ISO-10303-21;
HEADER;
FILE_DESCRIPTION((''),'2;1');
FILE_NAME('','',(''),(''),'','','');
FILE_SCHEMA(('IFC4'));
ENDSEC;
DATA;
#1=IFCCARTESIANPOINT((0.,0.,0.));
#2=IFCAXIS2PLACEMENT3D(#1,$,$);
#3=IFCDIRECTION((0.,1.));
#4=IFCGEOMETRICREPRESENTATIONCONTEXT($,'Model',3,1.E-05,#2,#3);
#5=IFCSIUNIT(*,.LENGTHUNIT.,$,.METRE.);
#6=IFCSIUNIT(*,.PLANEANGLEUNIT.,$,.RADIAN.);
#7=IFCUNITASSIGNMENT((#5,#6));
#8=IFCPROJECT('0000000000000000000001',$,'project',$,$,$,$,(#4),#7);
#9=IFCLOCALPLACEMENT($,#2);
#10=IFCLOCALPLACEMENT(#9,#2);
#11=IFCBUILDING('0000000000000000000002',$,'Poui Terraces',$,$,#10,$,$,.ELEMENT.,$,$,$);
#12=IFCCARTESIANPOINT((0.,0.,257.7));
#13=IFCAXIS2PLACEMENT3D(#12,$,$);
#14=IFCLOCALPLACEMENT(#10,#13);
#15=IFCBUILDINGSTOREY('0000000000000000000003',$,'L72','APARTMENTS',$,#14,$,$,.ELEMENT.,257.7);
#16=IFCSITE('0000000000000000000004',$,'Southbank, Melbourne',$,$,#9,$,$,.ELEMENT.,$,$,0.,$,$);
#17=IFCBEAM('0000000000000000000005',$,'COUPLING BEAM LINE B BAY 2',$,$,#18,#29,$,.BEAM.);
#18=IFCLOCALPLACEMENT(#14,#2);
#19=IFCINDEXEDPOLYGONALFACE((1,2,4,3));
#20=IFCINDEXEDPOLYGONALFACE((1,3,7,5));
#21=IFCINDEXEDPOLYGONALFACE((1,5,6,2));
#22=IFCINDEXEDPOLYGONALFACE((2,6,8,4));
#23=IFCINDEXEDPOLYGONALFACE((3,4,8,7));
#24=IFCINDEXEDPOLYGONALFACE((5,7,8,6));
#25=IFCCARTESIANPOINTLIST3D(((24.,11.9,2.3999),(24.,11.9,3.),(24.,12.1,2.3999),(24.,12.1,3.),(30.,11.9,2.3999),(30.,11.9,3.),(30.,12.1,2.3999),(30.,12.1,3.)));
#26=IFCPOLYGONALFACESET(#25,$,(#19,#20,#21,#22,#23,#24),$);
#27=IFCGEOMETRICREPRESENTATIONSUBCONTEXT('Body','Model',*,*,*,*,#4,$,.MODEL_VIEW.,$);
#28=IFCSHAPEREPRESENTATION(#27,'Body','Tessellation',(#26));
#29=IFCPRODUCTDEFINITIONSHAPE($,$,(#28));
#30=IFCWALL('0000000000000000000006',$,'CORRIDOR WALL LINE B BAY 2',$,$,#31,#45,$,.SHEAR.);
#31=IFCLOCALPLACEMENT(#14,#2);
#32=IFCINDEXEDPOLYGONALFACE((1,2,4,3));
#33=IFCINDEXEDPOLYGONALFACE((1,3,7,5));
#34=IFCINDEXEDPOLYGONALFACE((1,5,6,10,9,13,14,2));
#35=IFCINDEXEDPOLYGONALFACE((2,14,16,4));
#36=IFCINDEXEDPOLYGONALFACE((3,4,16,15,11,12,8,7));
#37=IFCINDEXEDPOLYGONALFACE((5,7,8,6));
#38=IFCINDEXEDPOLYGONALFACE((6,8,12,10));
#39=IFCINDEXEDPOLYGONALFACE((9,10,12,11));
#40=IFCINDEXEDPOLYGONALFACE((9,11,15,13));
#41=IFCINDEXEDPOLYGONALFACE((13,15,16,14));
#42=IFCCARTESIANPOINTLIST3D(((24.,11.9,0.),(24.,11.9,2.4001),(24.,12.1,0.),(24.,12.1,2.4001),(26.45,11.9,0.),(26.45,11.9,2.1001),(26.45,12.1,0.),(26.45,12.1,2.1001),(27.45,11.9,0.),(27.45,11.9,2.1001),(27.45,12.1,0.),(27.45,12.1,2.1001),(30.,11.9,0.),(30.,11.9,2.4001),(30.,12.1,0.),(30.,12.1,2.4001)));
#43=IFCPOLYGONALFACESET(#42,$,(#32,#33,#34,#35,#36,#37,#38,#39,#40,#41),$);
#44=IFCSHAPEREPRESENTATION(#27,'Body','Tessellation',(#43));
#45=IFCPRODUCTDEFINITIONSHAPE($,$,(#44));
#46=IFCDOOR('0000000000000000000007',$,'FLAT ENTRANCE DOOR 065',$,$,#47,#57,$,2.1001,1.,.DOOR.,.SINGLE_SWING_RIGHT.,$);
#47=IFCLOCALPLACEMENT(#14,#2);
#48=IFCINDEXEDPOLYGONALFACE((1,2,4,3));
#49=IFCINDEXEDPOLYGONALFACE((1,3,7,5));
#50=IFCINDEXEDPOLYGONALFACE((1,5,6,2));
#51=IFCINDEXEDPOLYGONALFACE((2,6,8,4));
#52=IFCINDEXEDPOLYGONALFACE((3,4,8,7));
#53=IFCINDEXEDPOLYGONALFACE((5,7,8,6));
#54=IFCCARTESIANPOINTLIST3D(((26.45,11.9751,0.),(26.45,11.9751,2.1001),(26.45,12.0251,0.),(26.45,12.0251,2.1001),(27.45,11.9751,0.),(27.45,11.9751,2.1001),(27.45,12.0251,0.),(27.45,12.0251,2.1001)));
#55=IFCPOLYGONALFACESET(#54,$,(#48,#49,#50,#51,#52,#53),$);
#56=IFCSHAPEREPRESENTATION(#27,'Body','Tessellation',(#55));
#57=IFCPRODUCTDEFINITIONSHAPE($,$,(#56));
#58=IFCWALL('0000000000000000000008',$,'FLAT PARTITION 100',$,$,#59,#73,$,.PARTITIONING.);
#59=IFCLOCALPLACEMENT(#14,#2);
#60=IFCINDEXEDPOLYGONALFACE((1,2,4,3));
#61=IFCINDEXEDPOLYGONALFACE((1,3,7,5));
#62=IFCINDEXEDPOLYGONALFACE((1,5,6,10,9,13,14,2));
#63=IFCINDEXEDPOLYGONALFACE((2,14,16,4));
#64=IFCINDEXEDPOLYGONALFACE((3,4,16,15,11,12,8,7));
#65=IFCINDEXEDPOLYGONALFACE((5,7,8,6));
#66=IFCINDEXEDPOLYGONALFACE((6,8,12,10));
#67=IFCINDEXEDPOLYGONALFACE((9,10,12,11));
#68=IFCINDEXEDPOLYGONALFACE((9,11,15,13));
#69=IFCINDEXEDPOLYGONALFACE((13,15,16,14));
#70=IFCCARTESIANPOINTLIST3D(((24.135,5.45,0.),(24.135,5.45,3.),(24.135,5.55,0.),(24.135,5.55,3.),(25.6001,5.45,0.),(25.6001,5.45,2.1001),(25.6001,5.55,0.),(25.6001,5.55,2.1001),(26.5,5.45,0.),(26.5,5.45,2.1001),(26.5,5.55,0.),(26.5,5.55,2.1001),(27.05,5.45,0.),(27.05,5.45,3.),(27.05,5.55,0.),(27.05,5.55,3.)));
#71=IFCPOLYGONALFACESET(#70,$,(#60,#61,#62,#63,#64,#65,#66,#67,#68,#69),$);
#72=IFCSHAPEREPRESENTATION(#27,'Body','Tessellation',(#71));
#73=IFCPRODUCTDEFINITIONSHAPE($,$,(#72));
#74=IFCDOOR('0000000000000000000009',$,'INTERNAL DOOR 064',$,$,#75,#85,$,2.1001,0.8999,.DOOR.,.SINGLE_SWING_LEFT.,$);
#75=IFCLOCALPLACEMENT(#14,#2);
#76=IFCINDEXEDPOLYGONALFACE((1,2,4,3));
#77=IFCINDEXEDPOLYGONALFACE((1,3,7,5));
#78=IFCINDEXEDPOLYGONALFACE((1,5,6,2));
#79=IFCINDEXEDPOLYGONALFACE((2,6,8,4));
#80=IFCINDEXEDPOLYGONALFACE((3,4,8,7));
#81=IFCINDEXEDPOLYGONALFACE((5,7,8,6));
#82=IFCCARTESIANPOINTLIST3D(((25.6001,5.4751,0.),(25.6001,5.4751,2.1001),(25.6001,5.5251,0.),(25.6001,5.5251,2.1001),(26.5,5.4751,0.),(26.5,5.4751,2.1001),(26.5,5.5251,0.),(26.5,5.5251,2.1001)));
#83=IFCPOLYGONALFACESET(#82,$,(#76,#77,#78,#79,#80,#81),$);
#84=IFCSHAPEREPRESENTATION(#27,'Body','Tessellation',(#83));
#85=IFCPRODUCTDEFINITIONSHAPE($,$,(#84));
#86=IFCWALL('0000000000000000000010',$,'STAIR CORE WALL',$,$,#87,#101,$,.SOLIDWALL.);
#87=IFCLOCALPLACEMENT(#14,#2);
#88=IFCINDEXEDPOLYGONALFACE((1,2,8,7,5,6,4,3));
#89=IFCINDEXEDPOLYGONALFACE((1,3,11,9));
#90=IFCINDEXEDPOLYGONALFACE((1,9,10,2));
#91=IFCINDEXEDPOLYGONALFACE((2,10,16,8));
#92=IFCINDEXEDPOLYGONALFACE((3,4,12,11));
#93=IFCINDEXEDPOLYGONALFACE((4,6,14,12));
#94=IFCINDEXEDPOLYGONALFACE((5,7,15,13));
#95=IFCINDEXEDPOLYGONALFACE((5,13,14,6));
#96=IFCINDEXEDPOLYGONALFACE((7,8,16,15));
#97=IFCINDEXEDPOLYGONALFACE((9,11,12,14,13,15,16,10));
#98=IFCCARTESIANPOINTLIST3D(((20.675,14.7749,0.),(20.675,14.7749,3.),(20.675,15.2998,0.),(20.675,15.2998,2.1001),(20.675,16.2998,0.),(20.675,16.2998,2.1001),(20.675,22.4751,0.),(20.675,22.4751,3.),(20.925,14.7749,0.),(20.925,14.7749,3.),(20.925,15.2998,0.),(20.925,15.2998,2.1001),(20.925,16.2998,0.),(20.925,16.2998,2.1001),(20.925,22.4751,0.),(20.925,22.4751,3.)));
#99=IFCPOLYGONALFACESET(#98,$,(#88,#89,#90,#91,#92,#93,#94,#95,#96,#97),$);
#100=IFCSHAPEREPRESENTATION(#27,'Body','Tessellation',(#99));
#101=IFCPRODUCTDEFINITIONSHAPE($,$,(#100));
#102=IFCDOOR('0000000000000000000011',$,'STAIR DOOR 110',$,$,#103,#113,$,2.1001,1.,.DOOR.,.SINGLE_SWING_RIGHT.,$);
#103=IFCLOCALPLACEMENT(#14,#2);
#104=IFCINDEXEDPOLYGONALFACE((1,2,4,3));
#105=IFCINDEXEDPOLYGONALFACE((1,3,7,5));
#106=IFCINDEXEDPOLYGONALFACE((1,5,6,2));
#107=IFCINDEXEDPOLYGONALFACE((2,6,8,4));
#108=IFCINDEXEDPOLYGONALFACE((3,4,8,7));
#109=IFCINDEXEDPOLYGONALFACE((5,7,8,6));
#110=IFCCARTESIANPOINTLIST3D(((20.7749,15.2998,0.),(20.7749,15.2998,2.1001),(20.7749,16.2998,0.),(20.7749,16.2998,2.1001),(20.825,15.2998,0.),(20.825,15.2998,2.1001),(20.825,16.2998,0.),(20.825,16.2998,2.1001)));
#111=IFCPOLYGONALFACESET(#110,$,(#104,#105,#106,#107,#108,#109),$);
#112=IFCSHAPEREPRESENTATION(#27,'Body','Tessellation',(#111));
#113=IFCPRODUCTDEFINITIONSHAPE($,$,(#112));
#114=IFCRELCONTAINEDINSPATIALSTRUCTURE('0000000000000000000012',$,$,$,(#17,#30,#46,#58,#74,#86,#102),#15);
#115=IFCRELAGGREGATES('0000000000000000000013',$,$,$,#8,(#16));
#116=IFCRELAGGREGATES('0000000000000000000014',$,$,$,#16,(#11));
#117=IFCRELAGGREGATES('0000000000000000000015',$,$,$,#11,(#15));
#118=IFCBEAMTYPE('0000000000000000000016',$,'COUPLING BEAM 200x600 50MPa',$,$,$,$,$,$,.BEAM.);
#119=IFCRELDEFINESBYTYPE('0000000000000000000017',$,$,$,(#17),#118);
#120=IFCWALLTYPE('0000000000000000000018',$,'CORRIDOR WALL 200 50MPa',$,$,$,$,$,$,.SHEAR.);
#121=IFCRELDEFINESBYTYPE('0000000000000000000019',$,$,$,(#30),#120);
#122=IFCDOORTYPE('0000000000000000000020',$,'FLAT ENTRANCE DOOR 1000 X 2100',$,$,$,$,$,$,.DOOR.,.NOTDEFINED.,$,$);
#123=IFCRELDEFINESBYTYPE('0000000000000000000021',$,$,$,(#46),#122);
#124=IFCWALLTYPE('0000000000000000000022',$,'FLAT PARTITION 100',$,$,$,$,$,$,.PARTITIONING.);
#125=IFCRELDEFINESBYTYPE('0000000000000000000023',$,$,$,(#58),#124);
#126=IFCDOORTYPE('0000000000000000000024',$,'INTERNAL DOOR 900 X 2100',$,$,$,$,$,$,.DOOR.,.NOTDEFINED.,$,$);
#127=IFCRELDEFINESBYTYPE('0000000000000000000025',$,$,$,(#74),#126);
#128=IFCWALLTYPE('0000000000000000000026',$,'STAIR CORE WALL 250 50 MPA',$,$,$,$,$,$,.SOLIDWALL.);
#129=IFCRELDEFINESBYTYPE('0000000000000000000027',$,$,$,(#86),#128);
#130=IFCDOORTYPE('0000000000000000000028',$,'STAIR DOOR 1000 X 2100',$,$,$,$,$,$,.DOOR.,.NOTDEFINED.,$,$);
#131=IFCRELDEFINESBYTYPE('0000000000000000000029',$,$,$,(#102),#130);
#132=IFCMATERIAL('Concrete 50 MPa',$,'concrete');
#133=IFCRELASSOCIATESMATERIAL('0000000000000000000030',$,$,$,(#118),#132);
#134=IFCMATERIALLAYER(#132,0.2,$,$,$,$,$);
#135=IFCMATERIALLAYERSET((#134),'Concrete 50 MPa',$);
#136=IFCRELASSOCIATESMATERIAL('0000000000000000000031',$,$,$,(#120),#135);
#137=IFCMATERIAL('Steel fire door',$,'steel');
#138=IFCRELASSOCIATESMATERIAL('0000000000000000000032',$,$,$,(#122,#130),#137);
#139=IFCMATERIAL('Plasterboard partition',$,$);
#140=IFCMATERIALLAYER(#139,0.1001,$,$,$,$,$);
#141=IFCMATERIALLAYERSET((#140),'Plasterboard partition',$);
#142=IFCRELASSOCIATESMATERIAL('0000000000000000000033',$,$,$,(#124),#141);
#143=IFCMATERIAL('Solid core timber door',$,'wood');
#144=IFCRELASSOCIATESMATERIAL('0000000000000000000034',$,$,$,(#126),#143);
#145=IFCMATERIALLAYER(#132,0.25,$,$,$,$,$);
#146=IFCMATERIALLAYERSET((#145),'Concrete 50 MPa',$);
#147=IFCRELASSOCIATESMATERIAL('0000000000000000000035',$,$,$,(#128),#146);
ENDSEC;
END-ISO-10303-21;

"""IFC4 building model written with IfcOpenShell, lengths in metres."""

from ifc_helpers import new_model, si_unit, direction, frame, frame_2d, origin, origin_2d, place, context, subcontext, project, spatial, rectangle, extrude, source, transform, mapped, material, layer, layer_set, material_profile, profile_set, type_object, element, fill, save


model = new_model("IFC4")

# Units and contexts
model_context = context("Model", 3, precision=1e-05, world=origin(), true_north=direction((0.0, 1.0)))
body_context = subcontext(model_context, "Body", "Model", "MODEL_VIEW")
ifc_project = project(units=[si_unit("LENGTHUNIT", "METRE"), si_unit("PLANEANGLEUNIT", "RADIAN")], contexts=[model_context])

# Site, building, storey
site_placement = place(None, origin())
site = spatial("IfcSite", under=ifc_project, at=site_placement, Name="Southbank, Melbourne", CompositionType="ELEMENT", RefElevation=0.0)
building_placement = place(site_placement, origin())
building = spatial("IfcBuilding", under=site, at=building_placement, Name="Poui Terraces", CompositionType="ELEMENT")
storey_placement = place(building_placement, frame((0.0, 0.0, 257.7)))
storey = spatial("IfcBuildingStorey", under=building, at=storey_placement, Name="L72", Description="APARTMENTS", CompositionType="ELEMENT", Elevation=257.7)

# Beam
ifc_material_1 = material(Name="Concrete 50 MPa", Category="concrete")
ifc_material_profile = material_profile(ifc_material_1, rectangle(XDim=0.2, YDim=0.6001, at=origin_2d()), Name="RC 200x600")
ifc_profile_set = profile_set([ifc_material_profile], Name="Concrete 50 MPa")
beam_type = type_object("IfcBeamType", Name="COUPLING BEAM 200x600 50MPa", PredefinedType="BEAM", material=ifc_profile_set)
shared_shape = source(origin(), body_context, "Body", "SweptSolid", [
    extrude(rectangle(XDim=0.2, YDim=0.6001, at=origin_2d()), origin(), (0.0, 0.0, 1.0), 6.0),
])
beam_placement = place(storey_placement, frame((24.0, 12.0, 2.7), z_axis=(1.0, 0.0, 0.0), x_axis=(0.0, 1.0, 0.0)))
element("IfcBeam", 1, at=beam_placement, inside=storey, type_object=beam_type, Name="COUPLING BEAM LINE B BAY 2", PredefinedType="BEAM", context=body_context, shape_type="MappedRepresentation", body=[
    mapped(shared_shape, transform((0.0, 0.0, 0.0))),
])

# Walls, openings, doors
ifc_layer_1 = layer(ifc_material_1, 0.2)
ifc_layer_set_1 = layer_set([ifc_layer_1], Name="Concrete 50 MPa")
wall_type_1 = type_object("IfcWallType", Name="CORRIDOR WALL 200 50MPa", PredefinedType="SHEAR", material=ifc_layer_set_1)
wall_1_placement = place(storey_placement, frame((24.0, 12.0, 0.0), z_axis=(0.0, 0.0, 1.0), x_axis=(1.0, 0.0, 0.0)))
wall_1 = element("IfcWall", 2, at=wall_1_placement, inside=storey, type_object=wall_type_1, Name="CORRIDOR WALL LINE B BAY 2", PredefinedType="SHEAR", context=body_context, shape_type="SweptSolid", body=[
    extrude(rectangle(XDim=6.0, YDim=0.2, at=frame_2d((3.0, 0.0))), origin(), (0.0, 0.0, 1.0), 2.4001),
])
opening_1_placement = place(wall_1_placement, frame((2.45, 0.0, 0.0)))
opening_1 = element("IfcOpeningElement", 3, at=opening_1_placement, cuts=wall_1, PredefinedType="OPENING", context=body_context, shape_type="SweptSolid", body=[
    extrude(rectangle(XDim=1.0, YDim=2.1001, at=frame_2d((0.5, 1.05))), frame((0.0, 0.1099, 0.0), z_axis=(0.0, -1.0, 0.0), x_axis=(1.0, 0.0, 0.0)), (0.0, 0.0, 1.0), 0.22),
])
ifc_material_2 = material(Name="Steel fire door", Category="steel")
door_type_1 = type_object("IfcDoorType", Name="FLAT ENTRANCE DOOR 1000 X 2100", OperationType="NOTDEFINED", PredefinedType="DOOR", material=ifc_material_2)
door_1_placement = place(opening_1_placement, frame((1.0, 0.0, 0.0), z_axis=(0.0, 0.0, 1.0), x_axis=(-1.0, 0.0, 0.0)))
door_1 = element("IfcDoor", 4, at=door_1_placement, inside=storey, type_object=door_type_1, Name="FLAT ENTRANCE DOOR 065", OperationType="SINGLE_SWING_RIGHT", OverallHeight=2.1001, OverallWidth=1.0, PredefinedType="DOOR", context=body_context, shape_type="SweptSolid", body=[
    extrude(rectangle(XDim=1.0, YDim=2.1001, at=frame_2d((0.5, 1.05))), frame((0.0, 0.0249, 0.0), z_axis=(0.0, -1.0, 0.0), x_axis=(1.0, 0.0, 0.0)), (0.0, 0.0, 1.0), 0.05),
])
fill(opening_1, door_1)
ifc_material_3 = material(Name="Plasterboard partition")
ifc_layer_2 = layer(ifc_material_3, 0.1001)
ifc_layer_set_2 = layer_set([ifc_layer_2], Name="Plasterboard partition")
wall_type_2 = type_object("IfcWallType", Name="FLAT PARTITION 100", PredefinedType="PARTITIONING", material=ifc_layer_set_2)
wall_2_placement = place(storey_placement, frame((24.135, 5.5, 0.0), z_axis=(0.0, 0.0, 1.0), x_axis=(1.0, 0.0, 0.0)))
wall_2 = element("IfcWall", 5, at=wall_2_placement, inside=storey, type_object=wall_type_2, Name="FLAT PARTITION 100", PredefinedType="PARTITIONING", context=body_context, shape_type="SweptSolid", body=[
    extrude(rectangle(XDim=2.915, YDim=0.1001, at=frame_2d((1.4575, 0.0))), origin(), (0.0, 0.0, 1.0), 3.0),
])
opening_2_placement = place(wall_2_placement, frame((1.4651, 0.0, 0.0)))
opening_2 = element("IfcOpeningElement", 6, at=opening_2_placement, cuts=wall_2, PredefinedType="OPENING", context=body_context, shape_type="SweptSolid", body=[
    extrude(rectangle(XDim=0.8999, YDim=2.1001, at=frame_2d((0.45, 1.05))), frame((0.0, 0.0601, 0.0), z_axis=(0.0, -1.0, 0.0), x_axis=(1.0, 0.0, 0.0)), (0.0, 0.0, 1.0), 0.1201),
])
ifc_material_4 = material(Name="Solid core timber door", Category="wood")
door_type_2 = type_object("IfcDoorType", Name="INTERNAL DOOR 900 X 2100", OperationType="NOTDEFINED", PredefinedType="DOOR", material=ifc_material_4)
door_2_placement = place(opening_2_placement, frame((0.8999, 0.0, 0.0), z_axis=(0.0, 0.0, 1.0), x_axis=(-1.0, 0.0, 0.0)))
door_2 = element("IfcDoor", 7, at=door_2_placement, inside=storey, type_object=door_type_2, Name="INTERNAL DOOR 064", OperationType="SINGLE_SWING_LEFT", OverallHeight=2.1001, OverallWidth=0.8999, PredefinedType="DOOR", context=body_context, shape_type="SweptSolid", body=[
    extrude(rectangle(XDim=0.8999, YDim=2.1001, at=frame_2d((0.45, 1.05))), frame((0.0, 0.0249, 0.0), z_axis=(0.0, -1.0, 0.0), x_axis=(1.0, 0.0, 0.0)), (0.0, 0.0, 1.0), 0.05),
])
fill(opening_2, door_2)
ifc_layer_3 = layer(ifc_material_1, 0.25)
ifc_layer_set_3 = layer_set([ifc_layer_3], Name="Concrete 50 MPa")
wall_type_3 = type_object("IfcWallType", Name="STAIR CORE WALL 250 50 MPA", PredefinedType="SOLIDWALL", material=ifc_layer_set_3)
wall_3_placement = place(storey_placement, frame((20.8, 14.7749, 0.0), z_axis=(0.0, 0.0, 1.0), x_axis=(0.0, 1.0, 0.0)))
wall_3 = element("IfcWall", 8, at=wall_3_placement, inside=storey, type_object=wall_type_3, Name="STAIR CORE WALL", PredefinedType="SOLIDWALL", context=body_context, shape_type="SweptSolid", body=[
    extrude(rectangle(XDim=7.7002, YDim=0.25, at=frame_2d((3.8501, 0.0))), origin(), (0.0, 0.0, 1.0), 3.0),
])
opening_3_placement = place(wall_3_placement, frame((0.5249, 0.0, 0.0)))
opening_3 = element("IfcOpeningElement", 9, at=opening_3_placement, cuts=wall_3, PredefinedType="OPENING", context=body_context, shape_type="SweptSolid", body=[
    extrude(rectangle(XDim=1.0, YDim=2.1001, at=frame_2d((0.5, 1.05))), frame((0.0, 0.135, 0.0), z_axis=(0.0, -1.0, 0.0), x_axis=(1.0, 0.0, 0.0)), (0.0, 0.0, 1.0), 0.27),
])
door_type_3 = type_object("IfcDoorType", Name="STAIR DOOR 1000 X 2100", OperationType="NOTDEFINED", PredefinedType="DOOR", material=ifc_material_2)
door_3_placement = place(opening_3_placement, frame((1.0, 0.0, 0.0), z_axis=(0.0, 0.0, 1.0), x_axis=(-1.0, 0.0, 0.0)))
door_3 = element("IfcDoor", 10, at=door_3_placement, inside=storey, type_object=door_type_3, Name="STAIR DOOR 110", OperationType="SINGLE_SWING_RIGHT", OverallHeight=2.1001, OverallWidth=1.0, PredefinedType="DOOR", context=body_context, shape_type="SweptSolid", body=[
    extrude(rectangle(XDim=1.0, YDim=2.1001, at=frame_2d((0.5, 1.05))), frame((0.0, 0.0249, 0.0), z_axis=(0.0, -1.0, 0.0), x_axis=(1.0, 0.0, 0.0)), (0.0, 0.0, 1.0), 0.05),
])
fill(opening_3, door_3)

save(model, "model.ifc")
